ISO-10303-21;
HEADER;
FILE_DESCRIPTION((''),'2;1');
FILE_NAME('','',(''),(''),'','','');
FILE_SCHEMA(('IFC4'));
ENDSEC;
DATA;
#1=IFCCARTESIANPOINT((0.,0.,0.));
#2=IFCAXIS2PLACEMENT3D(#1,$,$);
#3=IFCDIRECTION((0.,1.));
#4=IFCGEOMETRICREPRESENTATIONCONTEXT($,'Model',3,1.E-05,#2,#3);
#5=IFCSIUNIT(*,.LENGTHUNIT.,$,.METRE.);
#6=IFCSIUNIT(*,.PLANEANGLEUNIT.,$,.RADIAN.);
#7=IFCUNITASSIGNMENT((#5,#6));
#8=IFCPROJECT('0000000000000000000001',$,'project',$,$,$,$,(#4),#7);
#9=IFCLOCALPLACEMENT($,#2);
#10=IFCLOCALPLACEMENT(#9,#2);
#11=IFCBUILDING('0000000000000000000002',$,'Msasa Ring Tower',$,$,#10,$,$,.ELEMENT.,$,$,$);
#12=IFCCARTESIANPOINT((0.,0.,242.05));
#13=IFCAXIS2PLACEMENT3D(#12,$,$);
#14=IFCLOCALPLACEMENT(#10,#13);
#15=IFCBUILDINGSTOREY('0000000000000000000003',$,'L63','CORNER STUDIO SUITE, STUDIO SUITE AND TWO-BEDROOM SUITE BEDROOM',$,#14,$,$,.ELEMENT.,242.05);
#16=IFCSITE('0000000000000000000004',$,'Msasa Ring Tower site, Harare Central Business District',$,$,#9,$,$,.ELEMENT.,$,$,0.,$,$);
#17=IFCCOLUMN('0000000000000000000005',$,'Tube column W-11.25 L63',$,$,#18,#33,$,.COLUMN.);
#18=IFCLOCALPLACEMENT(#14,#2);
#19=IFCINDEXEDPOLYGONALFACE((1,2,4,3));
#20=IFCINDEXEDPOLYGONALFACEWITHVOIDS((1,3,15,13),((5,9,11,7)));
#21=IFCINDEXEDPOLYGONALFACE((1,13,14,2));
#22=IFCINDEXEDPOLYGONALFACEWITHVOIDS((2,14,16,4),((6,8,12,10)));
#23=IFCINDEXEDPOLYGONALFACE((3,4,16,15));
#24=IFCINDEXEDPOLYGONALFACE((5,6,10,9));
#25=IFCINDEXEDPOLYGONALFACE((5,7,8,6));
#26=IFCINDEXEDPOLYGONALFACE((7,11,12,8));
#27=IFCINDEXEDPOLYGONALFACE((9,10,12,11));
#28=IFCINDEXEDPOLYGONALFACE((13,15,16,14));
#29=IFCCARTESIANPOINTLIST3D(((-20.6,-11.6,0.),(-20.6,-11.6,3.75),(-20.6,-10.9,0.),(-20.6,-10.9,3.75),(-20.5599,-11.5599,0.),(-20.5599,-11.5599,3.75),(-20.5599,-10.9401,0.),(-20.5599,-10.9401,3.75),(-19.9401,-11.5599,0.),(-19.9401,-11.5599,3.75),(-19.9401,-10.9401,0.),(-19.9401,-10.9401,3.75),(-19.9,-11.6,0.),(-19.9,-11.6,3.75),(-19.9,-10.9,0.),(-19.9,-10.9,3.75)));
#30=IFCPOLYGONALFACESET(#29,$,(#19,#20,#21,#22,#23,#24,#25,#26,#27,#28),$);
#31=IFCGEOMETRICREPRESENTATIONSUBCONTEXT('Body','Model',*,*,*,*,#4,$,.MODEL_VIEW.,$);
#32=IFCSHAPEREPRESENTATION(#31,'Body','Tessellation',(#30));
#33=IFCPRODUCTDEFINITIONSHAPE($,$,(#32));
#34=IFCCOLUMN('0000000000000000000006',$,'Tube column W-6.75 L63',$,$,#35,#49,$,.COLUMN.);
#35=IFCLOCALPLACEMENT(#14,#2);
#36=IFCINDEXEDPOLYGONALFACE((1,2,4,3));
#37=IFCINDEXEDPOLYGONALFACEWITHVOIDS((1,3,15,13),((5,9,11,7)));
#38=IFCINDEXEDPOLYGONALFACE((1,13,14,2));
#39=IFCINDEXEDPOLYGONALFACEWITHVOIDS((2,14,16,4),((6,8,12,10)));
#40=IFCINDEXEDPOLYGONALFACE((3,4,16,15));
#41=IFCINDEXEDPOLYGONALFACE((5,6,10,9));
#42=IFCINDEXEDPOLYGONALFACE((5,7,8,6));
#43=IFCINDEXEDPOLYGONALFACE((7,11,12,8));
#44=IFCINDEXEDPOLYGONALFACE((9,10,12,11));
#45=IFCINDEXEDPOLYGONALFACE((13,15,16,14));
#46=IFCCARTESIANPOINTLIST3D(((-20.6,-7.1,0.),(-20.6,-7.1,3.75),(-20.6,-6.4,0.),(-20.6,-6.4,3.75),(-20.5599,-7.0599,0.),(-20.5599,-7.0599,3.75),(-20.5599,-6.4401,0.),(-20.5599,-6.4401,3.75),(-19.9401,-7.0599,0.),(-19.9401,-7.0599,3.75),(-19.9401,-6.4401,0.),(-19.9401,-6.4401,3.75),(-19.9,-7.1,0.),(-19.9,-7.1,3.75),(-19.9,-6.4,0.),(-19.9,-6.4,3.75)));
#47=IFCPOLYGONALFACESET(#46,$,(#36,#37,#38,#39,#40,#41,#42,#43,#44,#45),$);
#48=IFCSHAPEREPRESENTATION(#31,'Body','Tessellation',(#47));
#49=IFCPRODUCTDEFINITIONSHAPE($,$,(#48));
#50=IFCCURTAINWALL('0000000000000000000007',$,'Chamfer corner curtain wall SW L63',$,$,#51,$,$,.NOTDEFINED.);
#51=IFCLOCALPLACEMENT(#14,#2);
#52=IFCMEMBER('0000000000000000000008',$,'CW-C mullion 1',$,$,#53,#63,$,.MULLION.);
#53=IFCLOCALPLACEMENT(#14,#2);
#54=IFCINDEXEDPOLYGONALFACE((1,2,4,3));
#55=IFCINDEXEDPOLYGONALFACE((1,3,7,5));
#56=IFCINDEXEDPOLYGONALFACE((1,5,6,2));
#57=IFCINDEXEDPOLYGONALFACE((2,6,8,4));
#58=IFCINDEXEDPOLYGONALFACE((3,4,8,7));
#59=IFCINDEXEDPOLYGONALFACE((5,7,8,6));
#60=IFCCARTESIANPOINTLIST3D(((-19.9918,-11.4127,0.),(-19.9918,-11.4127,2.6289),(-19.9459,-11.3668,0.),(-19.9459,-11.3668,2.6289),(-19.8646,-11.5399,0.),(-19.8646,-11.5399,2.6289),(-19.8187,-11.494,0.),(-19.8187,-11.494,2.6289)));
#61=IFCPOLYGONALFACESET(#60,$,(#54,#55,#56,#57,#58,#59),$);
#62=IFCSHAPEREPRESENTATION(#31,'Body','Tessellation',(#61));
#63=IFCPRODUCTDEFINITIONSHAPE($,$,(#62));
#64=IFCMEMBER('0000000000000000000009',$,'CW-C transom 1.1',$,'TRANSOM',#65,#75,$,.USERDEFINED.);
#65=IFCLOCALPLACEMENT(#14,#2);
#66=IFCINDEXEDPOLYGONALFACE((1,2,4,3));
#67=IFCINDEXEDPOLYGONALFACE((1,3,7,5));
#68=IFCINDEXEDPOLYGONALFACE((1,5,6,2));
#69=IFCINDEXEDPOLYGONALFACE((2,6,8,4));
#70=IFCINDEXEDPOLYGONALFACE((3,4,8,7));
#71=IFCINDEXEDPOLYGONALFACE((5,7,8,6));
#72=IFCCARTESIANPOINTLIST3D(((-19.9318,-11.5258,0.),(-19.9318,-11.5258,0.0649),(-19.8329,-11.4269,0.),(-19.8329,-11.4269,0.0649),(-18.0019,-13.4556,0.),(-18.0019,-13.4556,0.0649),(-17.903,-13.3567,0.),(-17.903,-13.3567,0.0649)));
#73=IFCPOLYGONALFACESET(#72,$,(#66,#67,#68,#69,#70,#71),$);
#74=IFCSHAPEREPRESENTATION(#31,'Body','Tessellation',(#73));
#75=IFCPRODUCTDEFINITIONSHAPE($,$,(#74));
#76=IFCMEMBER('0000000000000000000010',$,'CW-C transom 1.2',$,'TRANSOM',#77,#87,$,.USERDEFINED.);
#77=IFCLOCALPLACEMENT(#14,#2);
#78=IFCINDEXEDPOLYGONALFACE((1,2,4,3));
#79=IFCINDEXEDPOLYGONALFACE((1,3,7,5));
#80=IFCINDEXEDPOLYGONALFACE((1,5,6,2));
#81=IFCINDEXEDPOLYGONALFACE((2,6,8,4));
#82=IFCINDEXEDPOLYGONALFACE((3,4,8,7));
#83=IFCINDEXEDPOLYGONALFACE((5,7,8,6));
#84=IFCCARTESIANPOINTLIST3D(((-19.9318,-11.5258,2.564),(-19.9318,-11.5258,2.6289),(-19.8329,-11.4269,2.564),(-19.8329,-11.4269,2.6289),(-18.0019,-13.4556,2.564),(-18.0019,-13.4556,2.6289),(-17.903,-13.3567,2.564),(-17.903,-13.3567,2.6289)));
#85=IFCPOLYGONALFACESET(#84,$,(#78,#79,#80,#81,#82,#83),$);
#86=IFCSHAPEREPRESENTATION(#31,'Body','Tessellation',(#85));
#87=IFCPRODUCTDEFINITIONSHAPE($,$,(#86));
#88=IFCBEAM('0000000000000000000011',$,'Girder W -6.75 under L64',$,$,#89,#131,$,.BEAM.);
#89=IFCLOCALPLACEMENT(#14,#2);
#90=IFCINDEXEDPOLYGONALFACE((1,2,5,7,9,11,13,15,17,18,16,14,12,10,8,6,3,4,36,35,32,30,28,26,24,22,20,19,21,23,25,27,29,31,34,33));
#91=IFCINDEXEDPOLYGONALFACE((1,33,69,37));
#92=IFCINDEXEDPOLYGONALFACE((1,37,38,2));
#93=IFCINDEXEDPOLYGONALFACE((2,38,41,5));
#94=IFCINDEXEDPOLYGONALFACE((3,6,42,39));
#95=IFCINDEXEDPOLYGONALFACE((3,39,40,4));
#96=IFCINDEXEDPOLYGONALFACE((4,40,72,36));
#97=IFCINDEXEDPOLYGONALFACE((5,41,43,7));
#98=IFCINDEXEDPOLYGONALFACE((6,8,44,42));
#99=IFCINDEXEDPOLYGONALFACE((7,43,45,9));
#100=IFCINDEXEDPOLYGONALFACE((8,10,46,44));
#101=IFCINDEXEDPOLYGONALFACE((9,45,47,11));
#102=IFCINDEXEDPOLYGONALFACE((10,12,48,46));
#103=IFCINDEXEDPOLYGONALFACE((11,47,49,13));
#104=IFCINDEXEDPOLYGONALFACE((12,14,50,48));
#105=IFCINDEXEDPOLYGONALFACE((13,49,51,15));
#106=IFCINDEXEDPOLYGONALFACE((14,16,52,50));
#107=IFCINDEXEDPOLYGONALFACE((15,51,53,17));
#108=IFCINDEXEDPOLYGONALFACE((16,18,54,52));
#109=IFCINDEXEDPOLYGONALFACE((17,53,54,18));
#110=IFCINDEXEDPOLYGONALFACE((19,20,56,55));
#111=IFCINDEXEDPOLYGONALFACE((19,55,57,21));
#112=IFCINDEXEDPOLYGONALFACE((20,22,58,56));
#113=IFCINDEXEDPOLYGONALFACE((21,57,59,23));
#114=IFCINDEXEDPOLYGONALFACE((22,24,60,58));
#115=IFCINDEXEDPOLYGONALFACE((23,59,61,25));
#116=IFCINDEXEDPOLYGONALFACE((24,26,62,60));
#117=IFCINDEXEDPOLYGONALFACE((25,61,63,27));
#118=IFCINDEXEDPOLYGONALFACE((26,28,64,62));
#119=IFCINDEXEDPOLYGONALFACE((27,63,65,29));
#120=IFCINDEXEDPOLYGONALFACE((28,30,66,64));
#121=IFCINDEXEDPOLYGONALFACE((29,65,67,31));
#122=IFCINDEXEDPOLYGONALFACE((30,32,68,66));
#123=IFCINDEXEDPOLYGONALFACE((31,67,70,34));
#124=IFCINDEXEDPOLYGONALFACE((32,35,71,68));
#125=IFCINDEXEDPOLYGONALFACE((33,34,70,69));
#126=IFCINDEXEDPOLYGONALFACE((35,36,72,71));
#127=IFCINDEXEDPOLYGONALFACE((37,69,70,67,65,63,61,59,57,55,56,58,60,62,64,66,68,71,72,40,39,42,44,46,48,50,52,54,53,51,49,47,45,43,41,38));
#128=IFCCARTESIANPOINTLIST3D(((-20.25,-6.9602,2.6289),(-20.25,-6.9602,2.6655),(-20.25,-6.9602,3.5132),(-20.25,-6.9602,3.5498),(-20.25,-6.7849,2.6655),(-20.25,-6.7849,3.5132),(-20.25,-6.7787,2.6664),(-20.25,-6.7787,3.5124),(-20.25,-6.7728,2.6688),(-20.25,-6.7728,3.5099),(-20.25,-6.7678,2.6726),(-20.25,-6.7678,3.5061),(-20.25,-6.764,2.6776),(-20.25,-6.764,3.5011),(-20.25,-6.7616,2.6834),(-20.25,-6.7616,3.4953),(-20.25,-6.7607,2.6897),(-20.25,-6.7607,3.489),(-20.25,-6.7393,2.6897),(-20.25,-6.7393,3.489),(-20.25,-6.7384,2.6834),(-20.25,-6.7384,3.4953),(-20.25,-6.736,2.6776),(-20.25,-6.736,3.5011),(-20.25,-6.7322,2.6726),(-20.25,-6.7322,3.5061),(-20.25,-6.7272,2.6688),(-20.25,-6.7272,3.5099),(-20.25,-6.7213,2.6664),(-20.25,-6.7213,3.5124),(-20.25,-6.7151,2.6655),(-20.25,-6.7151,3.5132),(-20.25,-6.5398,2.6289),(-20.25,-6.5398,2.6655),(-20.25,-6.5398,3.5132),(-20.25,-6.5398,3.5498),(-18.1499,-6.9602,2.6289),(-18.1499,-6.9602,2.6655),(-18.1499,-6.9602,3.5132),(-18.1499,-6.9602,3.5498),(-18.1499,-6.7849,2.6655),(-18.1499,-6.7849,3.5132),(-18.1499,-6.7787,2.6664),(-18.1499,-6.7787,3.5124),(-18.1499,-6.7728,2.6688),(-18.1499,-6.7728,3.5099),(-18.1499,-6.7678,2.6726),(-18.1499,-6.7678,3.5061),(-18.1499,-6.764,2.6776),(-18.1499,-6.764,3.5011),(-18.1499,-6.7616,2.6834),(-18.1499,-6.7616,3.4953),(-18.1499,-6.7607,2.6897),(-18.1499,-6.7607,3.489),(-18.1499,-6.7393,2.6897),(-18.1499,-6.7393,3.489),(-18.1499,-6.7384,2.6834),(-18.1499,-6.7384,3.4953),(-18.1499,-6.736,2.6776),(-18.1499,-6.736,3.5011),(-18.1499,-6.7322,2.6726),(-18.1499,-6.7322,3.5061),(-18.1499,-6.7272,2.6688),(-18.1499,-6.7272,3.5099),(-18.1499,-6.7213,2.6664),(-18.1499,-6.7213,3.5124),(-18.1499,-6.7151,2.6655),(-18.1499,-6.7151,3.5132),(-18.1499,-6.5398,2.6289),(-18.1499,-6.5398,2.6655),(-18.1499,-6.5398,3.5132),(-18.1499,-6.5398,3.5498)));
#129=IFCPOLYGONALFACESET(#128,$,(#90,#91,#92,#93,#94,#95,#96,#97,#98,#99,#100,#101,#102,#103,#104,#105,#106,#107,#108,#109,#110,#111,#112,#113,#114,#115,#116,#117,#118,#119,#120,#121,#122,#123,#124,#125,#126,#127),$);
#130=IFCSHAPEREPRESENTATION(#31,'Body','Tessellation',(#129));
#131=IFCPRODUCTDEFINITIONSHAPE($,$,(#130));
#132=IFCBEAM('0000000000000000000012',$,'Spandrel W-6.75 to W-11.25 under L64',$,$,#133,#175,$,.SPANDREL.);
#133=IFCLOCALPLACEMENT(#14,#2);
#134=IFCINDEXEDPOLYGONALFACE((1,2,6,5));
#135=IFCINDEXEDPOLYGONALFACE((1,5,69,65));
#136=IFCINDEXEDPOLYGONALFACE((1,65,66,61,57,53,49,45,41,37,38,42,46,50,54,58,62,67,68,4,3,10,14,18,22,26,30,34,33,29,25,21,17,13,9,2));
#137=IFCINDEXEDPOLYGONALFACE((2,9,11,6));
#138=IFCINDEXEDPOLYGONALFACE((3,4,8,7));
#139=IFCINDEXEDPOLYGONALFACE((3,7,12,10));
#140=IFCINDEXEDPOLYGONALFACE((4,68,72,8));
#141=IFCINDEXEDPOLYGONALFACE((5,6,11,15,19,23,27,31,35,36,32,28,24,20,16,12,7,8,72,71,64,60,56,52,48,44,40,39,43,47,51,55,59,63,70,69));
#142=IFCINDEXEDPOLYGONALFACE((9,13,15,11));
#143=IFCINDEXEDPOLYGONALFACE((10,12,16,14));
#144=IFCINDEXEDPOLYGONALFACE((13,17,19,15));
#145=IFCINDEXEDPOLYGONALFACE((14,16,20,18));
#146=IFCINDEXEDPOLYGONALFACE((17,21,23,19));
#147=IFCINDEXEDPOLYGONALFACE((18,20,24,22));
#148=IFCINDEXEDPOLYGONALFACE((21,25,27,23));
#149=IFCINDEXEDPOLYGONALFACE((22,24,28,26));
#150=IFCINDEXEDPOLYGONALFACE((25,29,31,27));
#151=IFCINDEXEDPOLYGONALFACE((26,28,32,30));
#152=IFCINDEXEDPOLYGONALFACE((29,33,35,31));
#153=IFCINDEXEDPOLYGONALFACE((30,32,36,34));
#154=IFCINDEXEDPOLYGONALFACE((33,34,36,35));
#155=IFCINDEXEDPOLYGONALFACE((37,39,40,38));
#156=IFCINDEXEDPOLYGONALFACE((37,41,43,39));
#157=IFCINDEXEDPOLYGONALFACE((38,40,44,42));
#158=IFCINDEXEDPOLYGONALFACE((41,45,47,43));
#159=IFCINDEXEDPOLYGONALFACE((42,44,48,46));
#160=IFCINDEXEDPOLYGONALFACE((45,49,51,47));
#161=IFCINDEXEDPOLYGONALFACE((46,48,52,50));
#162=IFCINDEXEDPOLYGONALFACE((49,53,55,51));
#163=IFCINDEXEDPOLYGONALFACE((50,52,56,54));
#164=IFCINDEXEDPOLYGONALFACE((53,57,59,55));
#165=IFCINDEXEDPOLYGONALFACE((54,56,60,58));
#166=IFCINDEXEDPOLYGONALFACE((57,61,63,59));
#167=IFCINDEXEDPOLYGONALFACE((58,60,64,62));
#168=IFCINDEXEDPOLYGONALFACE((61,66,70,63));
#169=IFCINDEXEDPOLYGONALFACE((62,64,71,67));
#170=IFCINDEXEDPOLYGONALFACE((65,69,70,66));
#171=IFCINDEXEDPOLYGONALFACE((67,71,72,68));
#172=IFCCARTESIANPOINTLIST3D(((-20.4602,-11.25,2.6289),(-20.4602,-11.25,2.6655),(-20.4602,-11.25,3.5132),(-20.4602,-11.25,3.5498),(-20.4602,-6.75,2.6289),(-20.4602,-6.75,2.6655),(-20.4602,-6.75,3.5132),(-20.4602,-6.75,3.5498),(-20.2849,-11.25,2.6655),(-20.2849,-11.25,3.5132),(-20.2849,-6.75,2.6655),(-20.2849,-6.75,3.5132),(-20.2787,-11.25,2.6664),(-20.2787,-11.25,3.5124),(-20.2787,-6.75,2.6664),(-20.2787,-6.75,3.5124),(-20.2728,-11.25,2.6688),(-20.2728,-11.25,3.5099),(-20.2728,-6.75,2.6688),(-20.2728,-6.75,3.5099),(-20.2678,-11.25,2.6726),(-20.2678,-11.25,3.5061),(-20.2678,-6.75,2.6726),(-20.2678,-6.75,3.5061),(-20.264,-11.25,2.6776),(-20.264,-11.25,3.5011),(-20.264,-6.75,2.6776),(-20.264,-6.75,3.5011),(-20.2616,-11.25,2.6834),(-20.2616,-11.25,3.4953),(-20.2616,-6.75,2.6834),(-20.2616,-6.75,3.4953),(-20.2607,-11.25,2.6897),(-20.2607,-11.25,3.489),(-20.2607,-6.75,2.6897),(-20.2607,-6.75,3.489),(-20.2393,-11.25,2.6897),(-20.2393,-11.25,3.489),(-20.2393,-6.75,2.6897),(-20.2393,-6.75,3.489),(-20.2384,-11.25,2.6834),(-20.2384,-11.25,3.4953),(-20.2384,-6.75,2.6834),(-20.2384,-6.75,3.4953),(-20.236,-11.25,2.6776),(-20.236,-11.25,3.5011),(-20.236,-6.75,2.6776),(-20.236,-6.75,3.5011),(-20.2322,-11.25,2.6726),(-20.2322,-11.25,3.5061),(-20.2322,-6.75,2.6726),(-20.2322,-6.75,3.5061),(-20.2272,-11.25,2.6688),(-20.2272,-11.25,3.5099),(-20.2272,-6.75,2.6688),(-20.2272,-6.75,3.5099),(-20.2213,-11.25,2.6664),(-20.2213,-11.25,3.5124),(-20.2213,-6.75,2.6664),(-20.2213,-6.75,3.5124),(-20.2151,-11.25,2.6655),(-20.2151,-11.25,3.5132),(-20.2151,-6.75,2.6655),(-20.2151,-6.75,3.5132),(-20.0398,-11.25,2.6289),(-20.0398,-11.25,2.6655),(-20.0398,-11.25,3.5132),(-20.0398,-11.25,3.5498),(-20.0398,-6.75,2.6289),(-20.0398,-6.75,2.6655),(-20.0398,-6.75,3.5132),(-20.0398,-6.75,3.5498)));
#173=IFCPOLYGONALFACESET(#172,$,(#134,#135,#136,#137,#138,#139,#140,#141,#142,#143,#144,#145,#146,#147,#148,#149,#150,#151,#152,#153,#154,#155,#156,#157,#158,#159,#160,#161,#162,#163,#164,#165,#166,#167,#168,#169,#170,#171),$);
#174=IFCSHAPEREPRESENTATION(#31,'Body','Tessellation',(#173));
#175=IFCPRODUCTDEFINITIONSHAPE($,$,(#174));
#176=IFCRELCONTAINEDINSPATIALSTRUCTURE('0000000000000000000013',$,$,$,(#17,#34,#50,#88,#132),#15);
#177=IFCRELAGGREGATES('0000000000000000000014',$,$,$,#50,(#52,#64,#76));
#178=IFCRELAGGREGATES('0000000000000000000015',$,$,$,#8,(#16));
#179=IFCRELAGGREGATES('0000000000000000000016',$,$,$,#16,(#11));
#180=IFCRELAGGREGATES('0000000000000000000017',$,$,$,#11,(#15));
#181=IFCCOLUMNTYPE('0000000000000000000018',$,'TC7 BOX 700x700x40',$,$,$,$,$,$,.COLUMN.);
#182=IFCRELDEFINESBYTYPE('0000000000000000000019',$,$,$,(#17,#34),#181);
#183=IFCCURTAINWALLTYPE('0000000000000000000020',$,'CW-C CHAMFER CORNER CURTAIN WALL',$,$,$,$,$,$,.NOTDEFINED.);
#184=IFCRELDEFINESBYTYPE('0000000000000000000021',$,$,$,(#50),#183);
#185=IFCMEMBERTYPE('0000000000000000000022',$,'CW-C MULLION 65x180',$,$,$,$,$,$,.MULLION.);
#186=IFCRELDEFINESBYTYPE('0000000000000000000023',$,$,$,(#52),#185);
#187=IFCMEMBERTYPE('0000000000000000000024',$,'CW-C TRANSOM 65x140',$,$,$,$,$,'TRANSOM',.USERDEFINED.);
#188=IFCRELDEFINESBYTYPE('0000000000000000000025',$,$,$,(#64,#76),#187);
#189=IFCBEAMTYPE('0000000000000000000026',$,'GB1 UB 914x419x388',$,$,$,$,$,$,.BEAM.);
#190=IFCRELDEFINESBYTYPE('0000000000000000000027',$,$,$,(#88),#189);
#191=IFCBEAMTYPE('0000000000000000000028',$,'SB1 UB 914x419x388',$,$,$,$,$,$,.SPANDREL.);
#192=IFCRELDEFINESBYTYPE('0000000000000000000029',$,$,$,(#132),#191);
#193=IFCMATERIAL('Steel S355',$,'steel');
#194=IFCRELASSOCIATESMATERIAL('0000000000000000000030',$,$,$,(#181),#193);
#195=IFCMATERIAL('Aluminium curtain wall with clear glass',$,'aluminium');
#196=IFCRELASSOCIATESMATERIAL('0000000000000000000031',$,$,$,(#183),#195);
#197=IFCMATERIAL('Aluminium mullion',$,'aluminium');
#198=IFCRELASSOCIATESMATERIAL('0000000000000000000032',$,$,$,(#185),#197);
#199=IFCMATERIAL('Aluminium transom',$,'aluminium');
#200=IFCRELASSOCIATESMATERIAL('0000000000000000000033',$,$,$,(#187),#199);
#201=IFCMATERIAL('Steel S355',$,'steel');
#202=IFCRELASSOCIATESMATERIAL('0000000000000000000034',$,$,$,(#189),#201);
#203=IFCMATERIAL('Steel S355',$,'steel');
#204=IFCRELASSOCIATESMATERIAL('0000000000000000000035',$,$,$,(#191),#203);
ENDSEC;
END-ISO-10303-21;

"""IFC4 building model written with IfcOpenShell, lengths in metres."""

from ifc_helpers import new_model, si_unit, direction, frame, origin, origin_2d, place, context, subcontext, project, spatial, rectangle, hollow_rectangle, i_section, extrude, material, material_profile, profile_set, type_object, element, aggregate, save


model = new_model("IFC4")

# Units and contexts
model_context = context("Model", 3, precision=1e-05, world=origin(), true_north=direction((0.0, 1.0)))
body_context = subcontext(model_context, "Body", "Model", "MODEL_VIEW")
ifc_project = project(units=[si_unit("LENGTHUNIT", "METRE"), si_unit("PLANEANGLEUNIT", "RADIAN")], contexts=[model_context])

# Site, building, storey
site_placement = place(None, origin())
site = spatial("IfcSite", under=ifc_project, at=site_placement, Name="Msasa Ring Tower site, Harare Central Business District", CompositionType="ELEMENT", RefElevation=0.0)
building_placement = place(site_placement, origin())
building = spatial("IfcBuilding", under=site, at=building_placement, Name="Msasa Ring Tower", CompositionType="ELEMENT")
storey_placement = place(building_placement, frame((0.0, 0.0, 242.05)))
storey = spatial("IfcBuildingStorey", under=building, at=storey_placement, Name="L63", Description="CORNER STUDIO SUITE, STUDIO SUITE AND TWO-BEDROOM SUITE BEDROOM", CompositionType="ELEMENT", Elevation=242.05)

# Columns
ifc_material_1 = material(Name="Steel S355", Category="steel")
ifc_material_profile_1 = material_profile(ifc_material_1, hollow_rectangle(XDim=0.7, YDim=0.7, WallThickness=0.04, at=origin_2d()), Name="BOX 700x700x40")
ifc_profile_set_1 = profile_set([ifc_material_profile_1], Name="Steel S355")
column_type = type_object("IfcColumnType", Name="TC7 BOX 700x700x40", PredefinedType="COLUMN", material=ifc_profile_set_1)
for number, where, z_axis, x_axis, name in (
    (1, (-20.25, -11.25, 0.0), (0.0, 0.0, 1.0), (1.0, 0.0, 0.0), "Tube column W-11.25 L63"),
    (2, (-20.25, -6.75, 0.0), (0.0, 0.0, 1.0), (1.0, 0.0, 0.0), "Tube column W-6.75 L63"),
):
    element("IfcColumn", number, at=place(storey_placement, frame(where, z_axis=z_axis, x_axis=x_axis)), inside=storey, type_object=column_type, Name=name, PredefinedType="COLUMN", context=body_context, shape_type="SweptSolid", body=[
        extrude(hollow_rectangle(XDim=0.7, YDim=0.7, WallThickness=0.04, at=origin_2d()), origin(), (0.0, 0.0, 1.0), 3.75),
    ])

# Curtain wall, members
ifc_material_2 = material(Name="Aluminium curtain wall with clear glass", Category="aluminium")
curtain_wall_type = type_object("IfcCurtainWallType", Name="CW-C CHAMFER CORNER CURTAIN WALL", PredefinedType="NOTDEFINED", material=ifc_material_2)
curtain_wall_placement = place(storey_placement, origin())
curtain_wall = element("IfcCurtainWall", 3, at=curtain_wall_placement, inside=storey, type_object=curtain_wall_type, Name="Chamfer corner curtain wall SW L63", PredefinedType="NOTDEFINED")
ifc_material_3 = material(Name="Aluminium mullion", Category="aluminium")
ifc_material_profile_2 = material_profile(ifc_material_3, rectangle(XDim=0.0649, YDim=0.1799, at=origin_2d()), Name="AL 65x180")
ifc_profile_set_2 = profile_set([ifc_material_profile_2], Name="Aluminium mullion")
member_type_1 = type_object("IfcMemberType", Name="CW-C MULLION 65x180", PredefinedType="MULLION", material=ifc_profile_set_2)
member_1_placement = place(storey_placement, frame((-19.9053, -11.4534, 0.0), z_axis=(0.0, 0.0, 1.0), x_axis=(0.707107, 0.707107, 0.0)))
member_1 = element("IfcMember", 4, at=member_1_placement, type_object=member_type_1, Name="CW-C mullion 1", PredefinedType="MULLION", context=body_context, shape_type="SweptSolid", body=[
    extrude(rectangle(XDim=0.0649, YDim=0.1799, at=origin_2d()), origin(), (0.0, 0.0, 1.0), 2.6289),
])
ifc_material_4 = material(Name="Aluminium transom", Category="aluminium")
ifc_material_profile_3 = material_profile(ifc_material_4, rectangle(XDim=0.1399, YDim=0.0649, at=origin_2d()), Name="AL 65x140")
ifc_profile_set_3 = profile_set([ifc_material_profile_3], Name="Aluminium transom")
member_type_2 = type_object("IfcMemberType", Name="CW-C TRANSOM 65x140", ElementType="TRANSOM", PredefinedType="USERDEFINED", material=ifc_profile_set_3)
member_2_placement = place(storey_placement, frame((-19.8823, -11.4763, 0.0325), z_axis=(0.707107, -0.707107, 0.0), x_axis=(0.707107, 0.707107, 0.0)))
member_2 = element("IfcMember", 5, at=member_2_placement, type_object=member_type_2, Name="CW-C transom 1.1", ObjectType="TRANSOM", PredefinedType="USERDEFINED", context=body_context, shape_type="SweptSolid", body=[
    extrude(rectangle(XDim=0.1399, YDim=0.0649, at=origin_2d()), origin(), (0.0, 0.0, 1.0), 2.7292),
])
member_3_placement = place(storey_placement, frame((-19.8823, -11.4763, 2.5964), z_axis=(0.707107, -0.707107, 0.0), x_axis=(0.707107, 0.707107, 0.0)))
member_3 = element("IfcMember", 6, at=member_3_placement, type_object=member_type_2, Name="CW-C transom 1.2", ObjectType="TRANSOM", PredefinedType="USERDEFINED", context=body_context, shape_type="SweptSolid", body=[
    extrude(rectangle(XDim=0.1399, YDim=0.0649, at=origin_2d()), origin(), (0.0, 0.0, 1.0), 2.7292),
])
aggregate(curtain_wall, [member_1, member_2, member_3])

# Beams
ifc_material_5 = material(Name="Steel S355", Category="steel")
ifc_material_profile_4 = material_profile(ifc_material_5, i_section(OverallWidth=0.4204, OverallDepth=0.9209, WebThickness=0.0215, FlangeThickness=0.0366, FilletRadius=0.0242, at=origin_2d()), Name="UB 914x419x388")
ifc_profile_set_4 = profile_set([ifc_material_profile_4], Name="Steel S355")
beam_type_1 = type_object("IfcBeamType", Name="GB1 UB 914x419x388", PredefinedType="BEAM", material=ifc_profile_set_4)
beam_1_placement = place(storey_placement, frame((-18.1499, -6.75, 3.0894), z_axis=(-1.0, 0.0, 0.0), x_axis=(0.0, -1.0, 0.0)))
element("IfcBeam", 7, at=beam_1_placement, inside=storey, type_object=beam_type_1, Name="Girder W -6.75 under L64", PredefinedType="BEAM", context=body_context, shape_type="SweptSolid", body=[
    extrude(i_section(OverallWidth=0.4204, OverallDepth=0.9209, WebThickness=0.0215, FlangeThickness=0.0366, FilletRadius=0.0242, at=origin_2d()), origin(), (0.0, 0.0, 1.0), 2.1001),
])
ifc_material_6 = material(Name="Steel S355", Category="steel")
ifc_material_profile_5 = material_profile(ifc_material_6, i_section(OverallWidth=0.4204, OverallDepth=0.9209, WebThickness=0.0215, FlangeThickness=0.0366, FilletRadius=0.0242, at=origin_2d()), Name="UB 914x419x388")
ifc_profile_set_5 = profile_set([ifc_material_profile_5], Name="Steel S355")
beam_type_2 = type_object("IfcBeamType", Name="SB1 UB 914x419x388", PredefinedType="SPANDREL", material=ifc_profile_set_5)
beam_2_placement = place(storey_placement, frame((-20.25, -6.75, 3.0894), z_axis=(0.0, -1.0, 0.0), x_axis=(1.0, 0.0, 0.0)))
element("IfcBeam", 8, at=beam_2_placement, inside=storey, type_object=beam_type_2, Name="Spandrel W-6.75 to W-11.25 under L64", PredefinedType="SPANDREL", context=body_context, shape_type="SweptSolid", body=[
    extrude(i_section(OverallWidth=0.4204, OverallDepth=0.9209, WebThickness=0.0215, FlangeThickness=0.0366, FilletRadius=0.0242, at=origin_2d()), origin(), (0.0, 0.0, 1.0), 4.5),
])

save(model, "model.ifc")
